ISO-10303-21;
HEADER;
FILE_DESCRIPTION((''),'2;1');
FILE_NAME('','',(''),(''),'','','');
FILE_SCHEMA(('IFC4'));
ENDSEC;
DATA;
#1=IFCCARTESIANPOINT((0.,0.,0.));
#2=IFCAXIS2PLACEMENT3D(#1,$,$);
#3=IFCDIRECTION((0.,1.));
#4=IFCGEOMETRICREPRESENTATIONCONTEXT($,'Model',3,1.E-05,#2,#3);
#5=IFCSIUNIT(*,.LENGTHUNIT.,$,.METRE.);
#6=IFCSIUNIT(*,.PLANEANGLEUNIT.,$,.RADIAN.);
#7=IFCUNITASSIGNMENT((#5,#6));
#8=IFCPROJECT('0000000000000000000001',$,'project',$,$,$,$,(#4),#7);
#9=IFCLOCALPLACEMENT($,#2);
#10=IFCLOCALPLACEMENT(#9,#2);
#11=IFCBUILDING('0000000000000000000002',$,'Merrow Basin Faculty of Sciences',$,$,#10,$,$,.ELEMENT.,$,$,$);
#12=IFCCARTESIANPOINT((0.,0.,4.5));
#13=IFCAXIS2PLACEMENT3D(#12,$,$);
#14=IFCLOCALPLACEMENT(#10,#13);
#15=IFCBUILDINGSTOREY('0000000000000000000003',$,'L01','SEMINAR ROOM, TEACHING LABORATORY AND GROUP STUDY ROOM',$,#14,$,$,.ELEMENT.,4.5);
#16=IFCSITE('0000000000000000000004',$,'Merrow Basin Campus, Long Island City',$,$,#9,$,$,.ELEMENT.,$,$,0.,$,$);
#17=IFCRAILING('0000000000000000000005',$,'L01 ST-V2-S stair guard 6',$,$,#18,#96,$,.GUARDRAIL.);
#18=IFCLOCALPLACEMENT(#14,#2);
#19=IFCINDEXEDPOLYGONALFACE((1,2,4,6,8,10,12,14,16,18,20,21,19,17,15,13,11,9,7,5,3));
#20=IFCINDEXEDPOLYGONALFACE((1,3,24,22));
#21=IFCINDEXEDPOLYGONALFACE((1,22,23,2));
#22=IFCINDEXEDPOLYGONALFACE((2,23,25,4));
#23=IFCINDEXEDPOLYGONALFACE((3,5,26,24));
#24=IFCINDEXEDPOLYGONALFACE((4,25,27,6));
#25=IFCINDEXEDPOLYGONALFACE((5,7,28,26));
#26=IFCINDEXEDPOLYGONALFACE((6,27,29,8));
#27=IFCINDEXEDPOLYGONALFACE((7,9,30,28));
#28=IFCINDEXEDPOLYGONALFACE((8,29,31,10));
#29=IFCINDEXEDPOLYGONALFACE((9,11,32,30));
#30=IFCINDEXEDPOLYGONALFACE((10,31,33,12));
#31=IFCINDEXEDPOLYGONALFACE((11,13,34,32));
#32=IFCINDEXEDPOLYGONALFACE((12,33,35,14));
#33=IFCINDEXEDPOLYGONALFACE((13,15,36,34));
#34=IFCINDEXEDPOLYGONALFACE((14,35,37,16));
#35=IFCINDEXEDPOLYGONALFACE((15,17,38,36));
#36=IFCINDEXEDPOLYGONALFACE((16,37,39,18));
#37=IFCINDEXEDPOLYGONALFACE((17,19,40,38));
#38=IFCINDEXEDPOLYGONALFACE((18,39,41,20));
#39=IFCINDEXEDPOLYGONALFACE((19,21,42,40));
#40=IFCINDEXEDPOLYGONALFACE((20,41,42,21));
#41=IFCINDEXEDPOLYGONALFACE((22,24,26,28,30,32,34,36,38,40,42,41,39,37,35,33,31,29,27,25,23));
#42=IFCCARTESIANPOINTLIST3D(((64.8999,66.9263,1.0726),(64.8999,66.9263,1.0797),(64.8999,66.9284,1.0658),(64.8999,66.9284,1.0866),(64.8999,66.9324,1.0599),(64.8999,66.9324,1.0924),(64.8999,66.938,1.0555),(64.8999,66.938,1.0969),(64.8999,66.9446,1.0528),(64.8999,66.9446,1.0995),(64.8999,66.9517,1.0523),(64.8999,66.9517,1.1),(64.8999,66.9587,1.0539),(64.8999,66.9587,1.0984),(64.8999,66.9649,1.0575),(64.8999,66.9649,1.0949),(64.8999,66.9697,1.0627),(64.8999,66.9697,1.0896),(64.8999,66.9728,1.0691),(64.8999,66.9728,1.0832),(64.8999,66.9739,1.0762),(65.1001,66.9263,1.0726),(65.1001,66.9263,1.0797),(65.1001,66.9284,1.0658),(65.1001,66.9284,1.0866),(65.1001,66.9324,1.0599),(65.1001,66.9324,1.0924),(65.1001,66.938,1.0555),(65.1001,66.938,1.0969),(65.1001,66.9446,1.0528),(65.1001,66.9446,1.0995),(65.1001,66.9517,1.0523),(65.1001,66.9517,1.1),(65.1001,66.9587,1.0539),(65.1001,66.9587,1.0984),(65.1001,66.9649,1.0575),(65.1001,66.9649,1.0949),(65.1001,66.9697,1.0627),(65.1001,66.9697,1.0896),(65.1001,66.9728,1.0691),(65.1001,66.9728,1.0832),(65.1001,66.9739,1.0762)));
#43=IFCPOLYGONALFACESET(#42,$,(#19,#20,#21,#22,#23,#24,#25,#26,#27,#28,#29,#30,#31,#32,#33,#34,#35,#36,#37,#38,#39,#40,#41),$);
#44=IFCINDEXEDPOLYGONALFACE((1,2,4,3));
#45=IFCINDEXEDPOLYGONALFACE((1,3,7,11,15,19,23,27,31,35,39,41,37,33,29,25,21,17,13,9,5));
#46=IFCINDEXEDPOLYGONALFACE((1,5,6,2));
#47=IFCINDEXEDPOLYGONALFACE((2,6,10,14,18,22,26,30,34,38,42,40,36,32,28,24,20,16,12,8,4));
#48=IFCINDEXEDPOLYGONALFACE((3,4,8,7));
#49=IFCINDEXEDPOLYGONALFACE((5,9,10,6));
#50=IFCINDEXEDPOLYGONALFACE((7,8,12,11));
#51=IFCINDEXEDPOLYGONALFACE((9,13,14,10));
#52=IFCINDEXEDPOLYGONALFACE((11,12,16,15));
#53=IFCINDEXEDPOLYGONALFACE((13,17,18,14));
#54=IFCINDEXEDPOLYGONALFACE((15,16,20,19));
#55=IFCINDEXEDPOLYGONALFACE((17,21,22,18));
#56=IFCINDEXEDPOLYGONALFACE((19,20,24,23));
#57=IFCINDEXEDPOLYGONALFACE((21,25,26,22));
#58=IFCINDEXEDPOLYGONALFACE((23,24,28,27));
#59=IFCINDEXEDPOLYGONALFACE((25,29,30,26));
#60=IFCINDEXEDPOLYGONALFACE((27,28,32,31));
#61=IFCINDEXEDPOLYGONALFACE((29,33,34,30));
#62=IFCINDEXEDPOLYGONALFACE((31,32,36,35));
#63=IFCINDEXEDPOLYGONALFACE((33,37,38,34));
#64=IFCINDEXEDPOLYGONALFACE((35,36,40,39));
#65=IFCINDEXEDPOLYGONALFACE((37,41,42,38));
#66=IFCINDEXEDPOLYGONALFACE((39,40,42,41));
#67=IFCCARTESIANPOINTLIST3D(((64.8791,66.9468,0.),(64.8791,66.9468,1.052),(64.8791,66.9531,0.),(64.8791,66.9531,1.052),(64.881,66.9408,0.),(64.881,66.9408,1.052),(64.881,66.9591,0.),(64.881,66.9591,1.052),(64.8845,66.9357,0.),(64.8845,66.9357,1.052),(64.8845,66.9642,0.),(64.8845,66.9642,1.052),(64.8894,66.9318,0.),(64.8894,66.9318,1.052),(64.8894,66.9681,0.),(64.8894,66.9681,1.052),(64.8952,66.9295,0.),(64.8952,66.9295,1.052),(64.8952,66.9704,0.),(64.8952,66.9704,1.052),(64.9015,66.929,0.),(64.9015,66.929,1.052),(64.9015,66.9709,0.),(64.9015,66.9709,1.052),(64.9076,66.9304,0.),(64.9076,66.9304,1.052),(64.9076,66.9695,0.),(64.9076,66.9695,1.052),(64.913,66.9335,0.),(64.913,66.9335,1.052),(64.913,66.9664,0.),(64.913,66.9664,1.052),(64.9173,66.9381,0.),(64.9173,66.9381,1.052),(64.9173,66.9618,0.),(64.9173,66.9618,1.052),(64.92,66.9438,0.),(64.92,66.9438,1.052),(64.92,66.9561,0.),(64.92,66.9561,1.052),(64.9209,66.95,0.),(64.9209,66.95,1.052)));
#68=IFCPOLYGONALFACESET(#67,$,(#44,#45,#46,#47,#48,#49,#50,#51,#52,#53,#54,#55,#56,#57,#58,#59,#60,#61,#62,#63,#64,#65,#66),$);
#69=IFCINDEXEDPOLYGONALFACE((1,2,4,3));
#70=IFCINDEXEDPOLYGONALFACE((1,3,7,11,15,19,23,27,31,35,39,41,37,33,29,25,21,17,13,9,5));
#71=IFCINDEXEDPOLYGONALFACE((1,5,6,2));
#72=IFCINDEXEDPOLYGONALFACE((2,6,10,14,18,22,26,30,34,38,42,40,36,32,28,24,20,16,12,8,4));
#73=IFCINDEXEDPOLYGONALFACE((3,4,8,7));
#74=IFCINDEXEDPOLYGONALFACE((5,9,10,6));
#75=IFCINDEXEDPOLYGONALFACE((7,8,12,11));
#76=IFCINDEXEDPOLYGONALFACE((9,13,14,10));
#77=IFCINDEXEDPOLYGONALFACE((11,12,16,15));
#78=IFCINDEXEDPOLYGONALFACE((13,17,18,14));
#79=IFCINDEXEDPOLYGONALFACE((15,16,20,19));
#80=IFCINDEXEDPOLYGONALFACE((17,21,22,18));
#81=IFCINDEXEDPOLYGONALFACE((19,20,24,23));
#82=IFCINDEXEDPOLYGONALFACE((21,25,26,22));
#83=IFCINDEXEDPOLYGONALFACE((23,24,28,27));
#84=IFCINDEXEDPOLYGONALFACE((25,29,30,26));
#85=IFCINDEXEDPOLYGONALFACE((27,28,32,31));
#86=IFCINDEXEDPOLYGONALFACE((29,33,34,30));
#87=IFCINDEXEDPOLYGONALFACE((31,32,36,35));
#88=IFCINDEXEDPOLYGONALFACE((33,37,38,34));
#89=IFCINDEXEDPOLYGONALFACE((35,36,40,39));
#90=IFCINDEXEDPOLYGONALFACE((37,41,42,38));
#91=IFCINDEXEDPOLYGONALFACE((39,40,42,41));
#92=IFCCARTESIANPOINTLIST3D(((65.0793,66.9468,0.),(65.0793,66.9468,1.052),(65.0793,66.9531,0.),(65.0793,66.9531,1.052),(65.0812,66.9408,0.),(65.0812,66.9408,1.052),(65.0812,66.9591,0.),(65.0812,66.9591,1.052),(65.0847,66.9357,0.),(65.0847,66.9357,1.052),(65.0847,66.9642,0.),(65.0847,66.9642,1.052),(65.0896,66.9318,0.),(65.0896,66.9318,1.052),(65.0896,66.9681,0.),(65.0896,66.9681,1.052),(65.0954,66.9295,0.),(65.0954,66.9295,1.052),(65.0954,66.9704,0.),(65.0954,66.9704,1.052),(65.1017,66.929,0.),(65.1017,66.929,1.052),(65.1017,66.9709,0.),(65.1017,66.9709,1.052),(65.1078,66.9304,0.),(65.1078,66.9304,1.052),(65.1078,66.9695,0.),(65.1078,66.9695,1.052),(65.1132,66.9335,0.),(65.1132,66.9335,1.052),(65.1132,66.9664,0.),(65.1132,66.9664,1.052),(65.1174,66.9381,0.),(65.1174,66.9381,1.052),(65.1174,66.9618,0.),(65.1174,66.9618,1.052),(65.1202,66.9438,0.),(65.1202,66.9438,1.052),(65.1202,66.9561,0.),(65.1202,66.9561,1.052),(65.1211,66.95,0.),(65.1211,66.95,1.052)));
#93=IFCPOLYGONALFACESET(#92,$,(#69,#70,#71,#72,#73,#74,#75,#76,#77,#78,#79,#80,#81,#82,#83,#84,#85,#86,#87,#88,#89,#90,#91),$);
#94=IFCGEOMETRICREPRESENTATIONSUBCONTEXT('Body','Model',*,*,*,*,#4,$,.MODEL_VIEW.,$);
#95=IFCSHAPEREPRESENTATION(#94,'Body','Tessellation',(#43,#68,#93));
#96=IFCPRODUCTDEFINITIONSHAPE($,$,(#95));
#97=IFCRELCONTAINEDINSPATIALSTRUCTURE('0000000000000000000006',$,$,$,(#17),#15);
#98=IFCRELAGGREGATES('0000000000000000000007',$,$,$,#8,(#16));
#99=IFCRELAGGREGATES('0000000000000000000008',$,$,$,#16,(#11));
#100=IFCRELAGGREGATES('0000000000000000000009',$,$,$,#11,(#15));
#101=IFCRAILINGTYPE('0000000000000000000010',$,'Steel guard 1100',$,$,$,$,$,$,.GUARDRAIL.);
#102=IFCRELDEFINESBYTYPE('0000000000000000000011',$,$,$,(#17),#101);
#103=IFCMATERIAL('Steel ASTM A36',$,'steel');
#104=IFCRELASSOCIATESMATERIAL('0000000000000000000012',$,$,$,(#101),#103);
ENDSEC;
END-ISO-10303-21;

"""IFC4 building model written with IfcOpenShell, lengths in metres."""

from ifc_helpers import new_model, si_unit, direction, frame, origin, origin_2d, place, context, subcontext, project, spatial, circle, extrude, material, type_object, element, save


model = new_model("IFC4")

# Units and contexts
model_context = context("Model", 3, precision=1e-05, world=origin(), true_north=direction((0.0, 1.0)))
body_context = subcontext(model_context, "Body", "Model", "MODEL_VIEW")
ifc_project = project(units=[si_unit("LENGTHUNIT", "METRE"), si_unit("PLANEANGLEUNIT", "RADIAN")], contexts=[model_context])

# Site, building, storey
site_placement = place(None, origin())
site = spatial("IfcSite", under=ifc_project, at=site_placement, Name="Merrow Basin Campus, Long Island City", CompositionType="ELEMENT", RefElevation=0.0)
building_placement = place(site_placement, origin())
building = spatial("IfcBuilding", under=site, at=building_placement, Name="Merrow Basin Faculty of Sciences", CompositionType="ELEMENT")
storey_placement = place(building_placement, frame((0.0, 0.0, 4.5)))
storey = spatial("IfcBuildingStorey", under=building, at=storey_placement, Name="L01", Description="SEMINAR ROOM, TEACHING LABORATORY AND GROUP STUDY ROOM", CompositionType="ELEMENT", Elevation=4.5)

# Railing
ifc_material_1 = material(Name="Steel ASTM A36", Category="steel")
railing_type_1 = type_object("IfcRailingType", Name="Steel guard 1100", PredefinedType="GUARDRAIL", material=ifc_material_1)
railing_1_placement = place(storey_placement, frame((64.8999, 66.95, 0.0)))
element("IfcRailing", 1, at=railing_1_placement, inside=storey, type_object=railing_type_1, Name="L01 ST-V2-S stair guard 6", PredefinedType="GUARDRAIL", context=body_context, shape_type="SweptSolid", body=[
    extrude(circle(Radius=0.0239, at=origin_2d()), frame((0.0, 0.0, 1.0762), z_axis=(1.0, 0.0, 0.0), x_axis=(0.0, 1.0, 0.0)), (0.0, 0.0, 1.0), 0.2002),
    extrude(circle(Radius=0.021, at=origin_2d()), origin(), (0.0, 0.0, 1.0), 1.052),
    extrude(circle(Radius=0.021, at=origin_2d()), frame((0.2002, 0.0, 0.0)), (0.0, 0.0, 1.0), 1.052),
])

save(model, "model.ifc")
